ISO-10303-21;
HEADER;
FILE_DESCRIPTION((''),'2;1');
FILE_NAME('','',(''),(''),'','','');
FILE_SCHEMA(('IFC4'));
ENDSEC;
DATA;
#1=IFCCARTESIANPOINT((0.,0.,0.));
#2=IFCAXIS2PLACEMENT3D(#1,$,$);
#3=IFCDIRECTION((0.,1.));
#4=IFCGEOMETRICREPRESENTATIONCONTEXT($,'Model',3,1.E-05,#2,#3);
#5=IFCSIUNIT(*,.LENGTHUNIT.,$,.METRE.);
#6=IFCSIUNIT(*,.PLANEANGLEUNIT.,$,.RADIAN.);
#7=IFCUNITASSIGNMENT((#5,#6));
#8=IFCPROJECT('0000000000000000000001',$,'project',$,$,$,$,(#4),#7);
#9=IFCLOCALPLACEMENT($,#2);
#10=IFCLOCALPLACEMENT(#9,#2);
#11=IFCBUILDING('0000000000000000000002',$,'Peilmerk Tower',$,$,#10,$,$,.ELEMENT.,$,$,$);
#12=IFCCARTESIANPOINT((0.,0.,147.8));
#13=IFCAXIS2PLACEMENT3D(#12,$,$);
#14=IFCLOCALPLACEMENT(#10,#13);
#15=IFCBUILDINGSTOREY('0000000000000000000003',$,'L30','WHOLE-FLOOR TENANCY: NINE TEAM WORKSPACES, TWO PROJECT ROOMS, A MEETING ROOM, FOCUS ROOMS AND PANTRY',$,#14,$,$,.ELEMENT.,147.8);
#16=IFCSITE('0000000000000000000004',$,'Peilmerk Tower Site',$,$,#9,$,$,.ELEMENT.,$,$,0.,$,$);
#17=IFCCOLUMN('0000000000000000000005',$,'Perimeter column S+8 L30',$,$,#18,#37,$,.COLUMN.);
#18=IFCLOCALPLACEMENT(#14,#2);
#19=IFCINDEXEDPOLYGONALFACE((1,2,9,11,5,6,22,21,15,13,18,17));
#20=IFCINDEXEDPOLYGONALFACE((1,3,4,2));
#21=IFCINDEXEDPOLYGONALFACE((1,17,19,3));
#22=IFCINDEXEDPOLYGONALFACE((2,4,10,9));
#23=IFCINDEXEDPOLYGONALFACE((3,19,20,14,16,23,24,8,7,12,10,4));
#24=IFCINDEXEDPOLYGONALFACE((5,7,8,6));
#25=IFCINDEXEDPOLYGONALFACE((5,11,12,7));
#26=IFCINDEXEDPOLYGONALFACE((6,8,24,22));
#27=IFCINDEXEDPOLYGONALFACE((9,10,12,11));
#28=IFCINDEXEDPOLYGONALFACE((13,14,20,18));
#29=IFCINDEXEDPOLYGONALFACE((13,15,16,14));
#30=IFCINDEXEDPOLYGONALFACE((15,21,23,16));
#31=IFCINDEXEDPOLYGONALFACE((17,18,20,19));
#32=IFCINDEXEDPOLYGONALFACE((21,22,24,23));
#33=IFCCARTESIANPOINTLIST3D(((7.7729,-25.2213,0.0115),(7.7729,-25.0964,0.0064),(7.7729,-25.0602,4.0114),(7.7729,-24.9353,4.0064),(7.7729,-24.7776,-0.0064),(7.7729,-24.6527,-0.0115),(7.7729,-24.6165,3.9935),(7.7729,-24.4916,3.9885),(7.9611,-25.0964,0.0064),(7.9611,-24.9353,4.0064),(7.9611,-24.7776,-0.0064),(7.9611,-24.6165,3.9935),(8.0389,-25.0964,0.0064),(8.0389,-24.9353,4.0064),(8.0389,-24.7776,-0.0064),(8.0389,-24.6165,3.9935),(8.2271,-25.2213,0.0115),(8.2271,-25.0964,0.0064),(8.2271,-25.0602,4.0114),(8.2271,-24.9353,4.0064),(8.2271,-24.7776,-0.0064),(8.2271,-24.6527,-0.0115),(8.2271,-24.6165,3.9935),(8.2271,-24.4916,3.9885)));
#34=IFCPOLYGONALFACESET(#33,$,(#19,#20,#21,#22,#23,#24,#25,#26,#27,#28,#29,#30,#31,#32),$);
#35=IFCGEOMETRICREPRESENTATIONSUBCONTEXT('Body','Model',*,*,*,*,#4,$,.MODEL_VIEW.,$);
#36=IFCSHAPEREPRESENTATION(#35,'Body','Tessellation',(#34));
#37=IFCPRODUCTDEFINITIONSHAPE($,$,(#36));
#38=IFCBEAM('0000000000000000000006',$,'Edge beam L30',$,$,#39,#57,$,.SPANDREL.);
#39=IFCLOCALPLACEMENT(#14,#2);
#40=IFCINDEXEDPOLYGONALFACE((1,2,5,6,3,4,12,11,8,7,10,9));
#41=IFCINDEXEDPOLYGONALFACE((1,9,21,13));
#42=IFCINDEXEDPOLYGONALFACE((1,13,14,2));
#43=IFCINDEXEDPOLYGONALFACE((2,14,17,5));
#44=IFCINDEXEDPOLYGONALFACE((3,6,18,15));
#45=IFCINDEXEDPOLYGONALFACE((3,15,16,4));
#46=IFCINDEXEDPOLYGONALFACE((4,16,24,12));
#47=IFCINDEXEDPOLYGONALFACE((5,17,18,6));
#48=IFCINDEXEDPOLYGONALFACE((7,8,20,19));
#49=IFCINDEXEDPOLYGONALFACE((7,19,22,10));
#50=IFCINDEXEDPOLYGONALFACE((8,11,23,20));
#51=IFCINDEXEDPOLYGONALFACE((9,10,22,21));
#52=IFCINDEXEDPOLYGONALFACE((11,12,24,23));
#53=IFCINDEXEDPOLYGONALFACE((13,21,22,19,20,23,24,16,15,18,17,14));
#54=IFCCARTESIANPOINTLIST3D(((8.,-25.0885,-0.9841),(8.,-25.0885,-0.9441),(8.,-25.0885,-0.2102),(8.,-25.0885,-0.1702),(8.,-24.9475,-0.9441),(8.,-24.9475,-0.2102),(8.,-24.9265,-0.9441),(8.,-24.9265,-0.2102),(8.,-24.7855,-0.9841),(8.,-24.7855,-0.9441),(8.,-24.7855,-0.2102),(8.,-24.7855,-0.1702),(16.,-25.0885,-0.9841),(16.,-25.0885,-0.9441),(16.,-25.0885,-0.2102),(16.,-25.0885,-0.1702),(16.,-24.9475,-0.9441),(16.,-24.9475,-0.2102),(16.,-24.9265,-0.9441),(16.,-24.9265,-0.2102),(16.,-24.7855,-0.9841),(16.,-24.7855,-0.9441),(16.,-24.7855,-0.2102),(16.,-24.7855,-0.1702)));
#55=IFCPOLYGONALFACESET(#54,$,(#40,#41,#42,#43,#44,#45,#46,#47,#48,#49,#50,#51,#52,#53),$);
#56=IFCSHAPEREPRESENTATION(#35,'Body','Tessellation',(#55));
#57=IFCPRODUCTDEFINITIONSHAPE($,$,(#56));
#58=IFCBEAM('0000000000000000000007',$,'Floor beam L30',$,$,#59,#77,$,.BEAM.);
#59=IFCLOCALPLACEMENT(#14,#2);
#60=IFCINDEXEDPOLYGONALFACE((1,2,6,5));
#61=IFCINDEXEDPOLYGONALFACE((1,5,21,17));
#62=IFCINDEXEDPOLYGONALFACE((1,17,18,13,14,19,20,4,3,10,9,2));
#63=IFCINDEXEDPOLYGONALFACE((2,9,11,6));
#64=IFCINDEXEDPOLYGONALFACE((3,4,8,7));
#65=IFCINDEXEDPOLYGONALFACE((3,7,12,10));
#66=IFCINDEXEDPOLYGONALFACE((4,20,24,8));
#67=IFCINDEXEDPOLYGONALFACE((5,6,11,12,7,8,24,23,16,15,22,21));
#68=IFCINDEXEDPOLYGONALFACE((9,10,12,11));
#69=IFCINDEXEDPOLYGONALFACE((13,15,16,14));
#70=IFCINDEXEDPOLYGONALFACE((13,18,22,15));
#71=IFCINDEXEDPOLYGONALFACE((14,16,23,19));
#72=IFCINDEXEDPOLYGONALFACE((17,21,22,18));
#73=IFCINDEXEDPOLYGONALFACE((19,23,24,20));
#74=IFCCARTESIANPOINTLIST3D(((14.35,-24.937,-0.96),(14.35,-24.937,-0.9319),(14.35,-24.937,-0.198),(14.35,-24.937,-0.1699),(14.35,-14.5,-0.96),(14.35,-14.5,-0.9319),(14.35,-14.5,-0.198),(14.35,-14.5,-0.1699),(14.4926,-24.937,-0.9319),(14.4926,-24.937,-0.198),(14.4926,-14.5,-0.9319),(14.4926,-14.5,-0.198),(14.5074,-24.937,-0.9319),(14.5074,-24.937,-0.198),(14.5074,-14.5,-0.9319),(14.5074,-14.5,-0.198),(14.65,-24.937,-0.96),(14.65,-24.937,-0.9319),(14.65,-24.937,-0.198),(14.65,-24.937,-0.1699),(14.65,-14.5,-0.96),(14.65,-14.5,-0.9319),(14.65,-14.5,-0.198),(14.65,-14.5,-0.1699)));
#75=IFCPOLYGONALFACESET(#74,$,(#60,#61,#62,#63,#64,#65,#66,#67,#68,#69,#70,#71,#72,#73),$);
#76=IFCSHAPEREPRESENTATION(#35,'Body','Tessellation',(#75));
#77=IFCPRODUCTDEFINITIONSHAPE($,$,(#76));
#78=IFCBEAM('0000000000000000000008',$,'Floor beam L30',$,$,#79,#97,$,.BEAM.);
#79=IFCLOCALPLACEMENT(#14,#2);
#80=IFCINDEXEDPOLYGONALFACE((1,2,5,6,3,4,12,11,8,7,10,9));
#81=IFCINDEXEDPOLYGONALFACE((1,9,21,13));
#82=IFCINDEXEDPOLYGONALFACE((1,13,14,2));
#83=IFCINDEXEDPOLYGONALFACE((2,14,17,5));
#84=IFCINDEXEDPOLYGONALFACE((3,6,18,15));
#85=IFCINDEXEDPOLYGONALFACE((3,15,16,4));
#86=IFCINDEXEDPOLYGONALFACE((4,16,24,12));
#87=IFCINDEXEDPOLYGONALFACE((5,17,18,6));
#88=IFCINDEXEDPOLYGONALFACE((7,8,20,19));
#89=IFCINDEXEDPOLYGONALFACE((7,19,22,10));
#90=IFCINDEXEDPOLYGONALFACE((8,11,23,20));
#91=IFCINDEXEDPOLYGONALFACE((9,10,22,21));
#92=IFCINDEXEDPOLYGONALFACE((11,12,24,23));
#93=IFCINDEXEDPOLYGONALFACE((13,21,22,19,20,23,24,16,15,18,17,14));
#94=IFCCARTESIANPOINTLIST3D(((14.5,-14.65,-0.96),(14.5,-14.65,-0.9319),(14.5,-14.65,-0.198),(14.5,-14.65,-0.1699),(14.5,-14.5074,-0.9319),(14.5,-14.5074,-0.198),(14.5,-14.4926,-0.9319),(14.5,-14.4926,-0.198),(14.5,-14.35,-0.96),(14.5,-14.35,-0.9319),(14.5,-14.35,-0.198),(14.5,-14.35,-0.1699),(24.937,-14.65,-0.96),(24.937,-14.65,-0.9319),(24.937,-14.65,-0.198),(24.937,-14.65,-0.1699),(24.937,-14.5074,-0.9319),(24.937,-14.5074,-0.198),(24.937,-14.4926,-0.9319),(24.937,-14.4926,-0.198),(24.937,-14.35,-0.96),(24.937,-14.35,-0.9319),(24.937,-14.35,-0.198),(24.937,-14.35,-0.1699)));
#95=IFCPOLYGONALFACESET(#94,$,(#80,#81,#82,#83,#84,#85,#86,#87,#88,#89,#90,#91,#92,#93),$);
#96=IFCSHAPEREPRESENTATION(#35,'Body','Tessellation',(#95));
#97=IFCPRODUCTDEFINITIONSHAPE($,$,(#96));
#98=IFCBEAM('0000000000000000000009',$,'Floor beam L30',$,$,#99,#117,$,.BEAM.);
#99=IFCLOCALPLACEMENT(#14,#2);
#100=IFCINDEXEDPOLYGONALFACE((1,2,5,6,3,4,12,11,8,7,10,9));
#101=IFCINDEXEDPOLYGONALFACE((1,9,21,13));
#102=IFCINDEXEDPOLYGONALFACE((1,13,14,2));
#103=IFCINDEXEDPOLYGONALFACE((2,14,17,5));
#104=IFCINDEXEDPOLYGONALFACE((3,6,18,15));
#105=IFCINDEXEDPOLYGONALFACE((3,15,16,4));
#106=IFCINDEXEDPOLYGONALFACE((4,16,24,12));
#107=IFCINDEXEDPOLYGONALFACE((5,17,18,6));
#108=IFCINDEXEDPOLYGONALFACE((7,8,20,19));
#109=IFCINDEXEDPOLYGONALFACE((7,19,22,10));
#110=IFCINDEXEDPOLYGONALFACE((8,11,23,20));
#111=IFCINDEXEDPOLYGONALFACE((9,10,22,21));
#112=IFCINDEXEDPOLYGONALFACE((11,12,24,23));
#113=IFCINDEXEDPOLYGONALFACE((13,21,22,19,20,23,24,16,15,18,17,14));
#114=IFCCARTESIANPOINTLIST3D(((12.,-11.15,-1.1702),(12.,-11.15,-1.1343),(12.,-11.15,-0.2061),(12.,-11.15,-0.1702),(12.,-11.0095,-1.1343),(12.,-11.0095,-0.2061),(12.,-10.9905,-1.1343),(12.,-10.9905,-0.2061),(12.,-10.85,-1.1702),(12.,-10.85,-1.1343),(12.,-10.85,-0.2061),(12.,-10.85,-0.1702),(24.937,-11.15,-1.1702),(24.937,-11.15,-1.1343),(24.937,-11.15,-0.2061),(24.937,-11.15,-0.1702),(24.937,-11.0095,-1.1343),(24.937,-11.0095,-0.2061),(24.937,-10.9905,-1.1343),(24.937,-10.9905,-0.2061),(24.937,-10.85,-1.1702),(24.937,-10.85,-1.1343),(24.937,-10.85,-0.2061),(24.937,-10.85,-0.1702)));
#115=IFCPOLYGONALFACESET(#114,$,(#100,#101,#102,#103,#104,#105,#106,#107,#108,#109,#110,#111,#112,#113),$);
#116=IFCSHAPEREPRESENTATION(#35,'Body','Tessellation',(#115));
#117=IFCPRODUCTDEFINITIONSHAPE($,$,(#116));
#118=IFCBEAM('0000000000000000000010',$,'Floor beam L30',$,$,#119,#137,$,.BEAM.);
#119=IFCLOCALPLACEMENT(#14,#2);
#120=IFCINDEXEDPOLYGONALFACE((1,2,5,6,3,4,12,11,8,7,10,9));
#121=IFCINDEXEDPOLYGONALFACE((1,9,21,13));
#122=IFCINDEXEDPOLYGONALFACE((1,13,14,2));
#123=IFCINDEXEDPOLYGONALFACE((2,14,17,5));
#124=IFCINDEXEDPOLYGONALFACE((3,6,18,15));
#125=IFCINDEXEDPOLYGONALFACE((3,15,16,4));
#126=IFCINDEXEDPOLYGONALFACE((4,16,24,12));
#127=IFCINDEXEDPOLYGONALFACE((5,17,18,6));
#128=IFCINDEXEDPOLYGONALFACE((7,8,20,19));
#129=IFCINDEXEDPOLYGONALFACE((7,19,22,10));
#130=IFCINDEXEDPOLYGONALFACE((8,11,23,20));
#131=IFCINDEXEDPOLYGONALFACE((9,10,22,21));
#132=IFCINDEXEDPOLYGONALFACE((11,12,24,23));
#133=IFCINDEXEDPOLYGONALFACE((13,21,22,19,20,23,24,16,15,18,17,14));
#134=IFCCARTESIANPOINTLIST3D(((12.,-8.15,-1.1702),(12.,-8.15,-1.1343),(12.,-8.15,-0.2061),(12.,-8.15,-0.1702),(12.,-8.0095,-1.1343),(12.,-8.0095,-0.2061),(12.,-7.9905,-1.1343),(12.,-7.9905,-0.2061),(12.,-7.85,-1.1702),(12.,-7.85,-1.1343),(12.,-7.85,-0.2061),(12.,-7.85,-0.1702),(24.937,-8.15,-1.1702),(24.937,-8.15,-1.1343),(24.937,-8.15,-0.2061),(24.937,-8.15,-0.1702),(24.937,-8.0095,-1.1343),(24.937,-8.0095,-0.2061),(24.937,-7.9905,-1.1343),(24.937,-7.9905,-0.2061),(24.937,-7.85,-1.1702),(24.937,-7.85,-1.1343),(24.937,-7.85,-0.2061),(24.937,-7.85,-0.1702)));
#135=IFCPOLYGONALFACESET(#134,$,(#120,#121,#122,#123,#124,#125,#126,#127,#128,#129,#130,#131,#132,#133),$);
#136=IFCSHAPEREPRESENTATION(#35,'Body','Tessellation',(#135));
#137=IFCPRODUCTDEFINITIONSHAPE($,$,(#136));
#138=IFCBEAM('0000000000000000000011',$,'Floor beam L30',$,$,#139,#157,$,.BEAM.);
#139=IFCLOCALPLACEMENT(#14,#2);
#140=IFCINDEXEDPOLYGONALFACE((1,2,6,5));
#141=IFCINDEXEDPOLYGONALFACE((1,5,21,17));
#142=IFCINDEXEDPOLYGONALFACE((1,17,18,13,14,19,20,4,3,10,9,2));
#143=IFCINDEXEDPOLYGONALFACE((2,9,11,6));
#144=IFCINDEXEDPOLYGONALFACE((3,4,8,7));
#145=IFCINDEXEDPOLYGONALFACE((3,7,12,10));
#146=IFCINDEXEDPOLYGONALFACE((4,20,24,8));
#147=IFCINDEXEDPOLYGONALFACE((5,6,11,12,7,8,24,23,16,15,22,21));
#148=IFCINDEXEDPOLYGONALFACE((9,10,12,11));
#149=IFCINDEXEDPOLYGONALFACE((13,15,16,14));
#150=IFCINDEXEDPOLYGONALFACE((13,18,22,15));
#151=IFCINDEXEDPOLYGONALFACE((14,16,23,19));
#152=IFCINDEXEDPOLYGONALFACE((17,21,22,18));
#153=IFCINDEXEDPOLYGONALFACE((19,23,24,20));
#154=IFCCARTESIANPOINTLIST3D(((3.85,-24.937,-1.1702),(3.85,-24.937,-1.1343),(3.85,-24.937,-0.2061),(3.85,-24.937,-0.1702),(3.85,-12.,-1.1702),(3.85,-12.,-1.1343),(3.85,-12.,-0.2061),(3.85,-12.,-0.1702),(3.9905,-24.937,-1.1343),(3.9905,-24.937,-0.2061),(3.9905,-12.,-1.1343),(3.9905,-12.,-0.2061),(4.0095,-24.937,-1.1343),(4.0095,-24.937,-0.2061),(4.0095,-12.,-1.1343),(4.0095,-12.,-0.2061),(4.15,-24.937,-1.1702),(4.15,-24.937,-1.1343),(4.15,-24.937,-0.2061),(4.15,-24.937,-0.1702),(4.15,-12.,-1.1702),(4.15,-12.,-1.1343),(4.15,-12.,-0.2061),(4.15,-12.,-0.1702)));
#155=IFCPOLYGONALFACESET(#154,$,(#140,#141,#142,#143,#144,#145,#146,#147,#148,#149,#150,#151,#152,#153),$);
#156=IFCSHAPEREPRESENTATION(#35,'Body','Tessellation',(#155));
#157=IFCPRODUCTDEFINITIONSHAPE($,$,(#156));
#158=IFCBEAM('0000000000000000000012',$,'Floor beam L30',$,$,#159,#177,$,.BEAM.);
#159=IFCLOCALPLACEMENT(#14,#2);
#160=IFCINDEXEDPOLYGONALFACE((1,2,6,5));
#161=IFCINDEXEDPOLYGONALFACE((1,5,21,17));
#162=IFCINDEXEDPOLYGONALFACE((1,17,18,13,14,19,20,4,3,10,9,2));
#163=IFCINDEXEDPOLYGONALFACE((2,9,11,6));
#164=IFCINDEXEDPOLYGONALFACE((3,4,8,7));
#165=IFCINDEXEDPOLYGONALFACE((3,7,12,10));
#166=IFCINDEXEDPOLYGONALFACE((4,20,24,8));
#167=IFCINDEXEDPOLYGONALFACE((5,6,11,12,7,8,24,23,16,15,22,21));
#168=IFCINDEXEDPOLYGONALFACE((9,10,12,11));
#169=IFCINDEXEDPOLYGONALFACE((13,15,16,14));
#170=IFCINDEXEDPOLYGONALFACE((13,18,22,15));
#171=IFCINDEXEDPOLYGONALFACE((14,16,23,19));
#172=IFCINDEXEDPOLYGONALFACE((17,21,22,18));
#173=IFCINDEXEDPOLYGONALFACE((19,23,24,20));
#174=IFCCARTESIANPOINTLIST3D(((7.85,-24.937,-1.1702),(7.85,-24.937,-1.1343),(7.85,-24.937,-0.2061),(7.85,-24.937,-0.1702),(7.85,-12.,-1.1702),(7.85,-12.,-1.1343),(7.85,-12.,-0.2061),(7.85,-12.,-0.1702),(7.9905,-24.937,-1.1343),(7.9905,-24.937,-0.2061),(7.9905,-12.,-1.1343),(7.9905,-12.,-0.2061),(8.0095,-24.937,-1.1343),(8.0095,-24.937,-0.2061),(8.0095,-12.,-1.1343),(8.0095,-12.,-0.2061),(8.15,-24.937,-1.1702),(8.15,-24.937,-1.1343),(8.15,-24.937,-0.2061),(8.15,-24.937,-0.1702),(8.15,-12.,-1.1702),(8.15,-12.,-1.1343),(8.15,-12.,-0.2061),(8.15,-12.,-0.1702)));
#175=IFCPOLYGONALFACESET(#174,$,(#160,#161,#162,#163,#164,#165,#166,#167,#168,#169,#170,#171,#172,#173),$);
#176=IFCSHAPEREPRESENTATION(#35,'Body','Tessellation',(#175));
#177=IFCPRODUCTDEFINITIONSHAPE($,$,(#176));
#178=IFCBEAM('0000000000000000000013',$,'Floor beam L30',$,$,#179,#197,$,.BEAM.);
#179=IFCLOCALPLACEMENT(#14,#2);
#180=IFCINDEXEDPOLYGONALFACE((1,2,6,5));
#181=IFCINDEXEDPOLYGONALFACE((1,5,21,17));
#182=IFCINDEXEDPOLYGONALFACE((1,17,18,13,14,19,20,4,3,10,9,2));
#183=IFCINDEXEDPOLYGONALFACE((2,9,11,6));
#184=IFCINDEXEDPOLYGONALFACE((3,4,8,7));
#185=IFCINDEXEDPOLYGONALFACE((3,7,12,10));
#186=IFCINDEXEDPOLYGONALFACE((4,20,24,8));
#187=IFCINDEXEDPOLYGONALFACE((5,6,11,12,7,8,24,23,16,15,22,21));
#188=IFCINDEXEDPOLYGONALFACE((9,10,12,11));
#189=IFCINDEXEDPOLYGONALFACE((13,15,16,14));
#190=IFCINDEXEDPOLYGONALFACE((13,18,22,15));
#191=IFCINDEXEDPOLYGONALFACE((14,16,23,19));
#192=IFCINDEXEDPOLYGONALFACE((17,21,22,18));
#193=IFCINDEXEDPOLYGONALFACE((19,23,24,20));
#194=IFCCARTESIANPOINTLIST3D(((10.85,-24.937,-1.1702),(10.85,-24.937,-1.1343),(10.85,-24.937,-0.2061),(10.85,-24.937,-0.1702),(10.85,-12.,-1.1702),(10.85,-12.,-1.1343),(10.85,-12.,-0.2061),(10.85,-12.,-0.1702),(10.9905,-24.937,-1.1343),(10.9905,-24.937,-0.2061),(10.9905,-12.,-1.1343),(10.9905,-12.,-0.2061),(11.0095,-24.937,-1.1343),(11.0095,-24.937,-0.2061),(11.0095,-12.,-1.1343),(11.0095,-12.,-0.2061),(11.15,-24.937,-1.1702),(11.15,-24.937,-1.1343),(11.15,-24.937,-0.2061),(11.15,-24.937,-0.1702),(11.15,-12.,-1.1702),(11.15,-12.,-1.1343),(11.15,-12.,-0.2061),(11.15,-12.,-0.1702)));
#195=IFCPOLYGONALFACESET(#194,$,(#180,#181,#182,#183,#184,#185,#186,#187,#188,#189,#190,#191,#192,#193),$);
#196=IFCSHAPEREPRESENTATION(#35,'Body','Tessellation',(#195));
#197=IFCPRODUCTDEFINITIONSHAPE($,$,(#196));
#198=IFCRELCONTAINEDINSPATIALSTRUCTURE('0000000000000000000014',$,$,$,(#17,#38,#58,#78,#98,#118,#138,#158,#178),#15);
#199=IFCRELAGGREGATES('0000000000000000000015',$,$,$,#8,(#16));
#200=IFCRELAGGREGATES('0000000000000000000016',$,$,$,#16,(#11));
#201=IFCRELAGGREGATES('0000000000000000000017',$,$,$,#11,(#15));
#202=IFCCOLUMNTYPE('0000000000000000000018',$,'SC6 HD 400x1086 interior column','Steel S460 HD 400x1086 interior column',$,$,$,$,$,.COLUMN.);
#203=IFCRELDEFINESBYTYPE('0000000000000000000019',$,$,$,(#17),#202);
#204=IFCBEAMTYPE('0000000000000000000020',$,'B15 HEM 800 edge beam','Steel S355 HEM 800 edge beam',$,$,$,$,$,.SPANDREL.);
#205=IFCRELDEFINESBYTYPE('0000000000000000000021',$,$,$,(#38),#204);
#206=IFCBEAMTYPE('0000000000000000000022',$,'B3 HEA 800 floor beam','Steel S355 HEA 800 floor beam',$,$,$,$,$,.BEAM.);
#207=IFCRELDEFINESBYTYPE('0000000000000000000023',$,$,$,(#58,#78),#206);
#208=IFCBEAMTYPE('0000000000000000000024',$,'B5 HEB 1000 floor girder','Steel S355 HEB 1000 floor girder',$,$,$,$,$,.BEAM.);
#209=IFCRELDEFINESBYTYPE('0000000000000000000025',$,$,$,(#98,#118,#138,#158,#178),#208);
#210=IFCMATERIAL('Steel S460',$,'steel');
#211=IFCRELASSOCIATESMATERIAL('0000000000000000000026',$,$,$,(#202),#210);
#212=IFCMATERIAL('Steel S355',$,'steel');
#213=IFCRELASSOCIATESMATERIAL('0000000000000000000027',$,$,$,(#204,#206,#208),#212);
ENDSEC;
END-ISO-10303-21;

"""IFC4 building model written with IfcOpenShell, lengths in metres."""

from ifc_helpers import new_model, si_unit, direction, frame, origin, origin_2d, place, context, subcontext, project, spatial, i_section, extrude, material, material_profile, profile_set, type_object, element, save


model = new_model("IFC4")

# Units and contexts
model_context = context("Model", 3, precision=1e-05, world=origin(), true_north=direction((0.0, 1.0)))
body_context = subcontext(model_context, "Body", "Model", "MODEL_VIEW")
ifc_project = project(units=[si_unit("LENGTHUNIT", "METRE"), si_unit("PLANEANGLEUNIT", "RADIAN")], contexts=[model_context])

# Site, building, storey
site_placement = place(None, origin())
site = spatial("IfcSite", under=ifc_project, at=site_placement, Name="Peilmerk Tower Site", CompositionType="ELEMENT", RefElevation=0.0)
building_placement = place(site_placement, origin())
building = spatial("IfcBuilding", under=site, at=building_placement, Name="Peilmerk Tower", CompositionType="ELEMENT")
storey_placement = place(building_placement, frame((0.0, 0.0, 147.8)))
storey = spatial("IfcBuildingStorey", under=building, at=storey_placement, Name="L30", Description="WHOLE-FLOOR TENANCY: NINE TEAM WORKSPACES, TWO PROJECT ROOMS, A MEETING ROOM, FOCUS ROOMS AND PANTRY", CompositionType="ELEMENT", Elevation=147.8)

# Column
ifc_material_1 = material(Name="Steel S460", Category="steel")
ifc_material_profile_1 = material_profile(ifc_material_1, i_section(OverallWidth=0.4541, OverallDepth=0.5691, WebThickness=0.0779, FlangeThickness=0.125, at=origin_2d()), Name="HD 400x1086")
ifc_profile_set_1 = profile_set([ifc_material_profile_1], Name="Steel S460")
column_type = type_object("IfcColumnType", Name="SC6 HD 400x1086 interior column", Description="Steel S460 HD 400x1086 interior column", PredefinedType="COLUMN", material=ifc_profile_set_1)
column_placement = place(storey_placement, frame((8.0, -24.937, 0.0), z_axis=(0.0, 0.040251, 0.99919), x_axis=(-1.0, 0.0, 0.0)))
element("IfcColumn", 1, at=column_placement, inside=storey, type_object=column_type, Name="Perimeter column S+8 L30", PredefinedType="COLUMN", context=body_context, shape_type="SweptSolid", body=[
    extrude(i_section(OverallWidth=0.4541, OverallDepth=0.5691, WebThickness=0.0779, FlangeThickness=0.125, at=origin_2d()), origin(), (0.0, 0.0, 1.0), 4.0032),
])

# Beams
ifc_material_2 = material(Name="Steel S355", Category="steel")
ifc_material_profile_2 = material_profile(ifc_material_2, i_section(OverallWidth=0.303, OverallDepth=0.814, WebThickness=0.021, FlangeThickness=0.04, at=origin_2d()), Name="HEM 800")
ifc_profile_set_2 = profile_set([ifc_material_profile_2], Name="Steel S355")
beam_type_1 = type_object("IfcBeamType", Name="B15 HEM 800 edge beam", Description="Steel S355 HEM 800 edge beam", PredefinedType="SPANDREL", material=ifc_profile_set_2)
beam_1_placement = place(storey_placement, frame((8.0, -24.937, -0.5771), z_axis=(1.0, 0.0, 0.0), x_axis=(0.0, 1.0, 0.0)))
element("IfcBeam", 2, at=beam_1_placement, inside=storey, type_object=beam_type_1, Name="Edge beam L30", PredefinedType="SPANDREL", context=body_context, shape_type="SweptSolid", body=[
    extrude(i_section(OverallWidth=0.303, OverallDepth=0.814, WebThickness=0.021, FlangeThickness=0.04, at=origin_2d()), origin(), (0.0, 0.0, 1.0), 8.0),
])
ifc_material_profile_3 = material_profile(ifc_material_2, i_section(OverallWidth=0.3, OverallDepth=0.79, WebThickness=0.0149, FlangeThickness=0.0281, at=origin_2d()), Name="HEA 800")
ifc_profile_set_3 = profile_set([ifc_material_profile_3], Name="Steel S355")
beam_type_2 = type_object("IfcBeamType", Name="B3 HEA 800 floor beam", Description="Steel S355 HEA 800 floor beam", PredefinedType="BEAM", material=ifc_profile_set_3)
for number, where, z_axis, x_axis, name in (
    (3, (14.5, -14.5, -0.5649), (0.0, -1.0, 0.0), (1.0, 0.0, 0.0), "Floor beam L30"),
    (4, (14.5, -14.5, -0.5649), (1.0, 0.0, 0.0), (0.0, 1.0, 0.0), "Floor beam L30"),
):
    element("IfcBeam", number, at=place(storey_placement, frame(where, z_axis=z_axis, x_axis=x_axis)), inside=storey, type_object=beam_type_2, Name=name, PredefinedType="BEAM", context=body_context, shape_type="SweptSolid", body=[
        extrude(i_section(OverallWidth=0.3, OverallDepth=0.79, WebThickness=0.0149, FlangeThickness=0.0281, at=origin_2d()), origin(), (0.0, 0.0, 1.0), 10.437),
    ])
ifc_material_profile_4 = material_profile(ifc_material_2, i_section(OverallWidth=0.3, OverallDepth=1.0, WebThickness=0.019, FlangeThickness=0.0359, at=origin_2d()), Name="HEB 1000")
ifc_profile_set_4 = profile_set([ifc_material_profile_4], Name="Steel S355")
beam_type_3 = type_object("IfcBeamType", Name="B5 HEB 1000 floor girder", Description="Steel S355 HEB 1000 floor girder", PredefinedType="BEAM", material=ifc_profile_set_4)
for number, where, z_axis, x_axis, name in (
    (5, (12.0, -11.0, -0.6702), (1.0, 0.0, 0.0), (0.0, 1.0, 0.0), "Floor beam L30"),
    (6, (12.0, -8.0, -0.6702), (1.0, 0.0, 0.0), (0.0, 1.0, 0.0), "Floor beam L30"),
    (7, (4.0, -12.0, -0.6702), (0.0, -1.0, 0.0), (1.0, 0.0, 0.0), "Floor beam L30"),
    (8, (8.0, -12.0, -0.6702), (0.0, -1.0, 0.0), (1.0, 0.0, 0.0), "Floor beam L30"),
    (9, (11.0, -12.0, -0.6702), (0.0, -1.0, 0.0), (1.0, 0.0, 0.0), "Floor beam L30"),
):
    element("IfcBeam", number, at=place(storey_placement, frame(where, z_axis=z_axis, x_axis=x_axis)), inside=storey, type_object=beam_type_3, Name=name, PredefinedType="BEAM", context=body_context, shape_type="SweptSolid", body=[
        extrude(i_section(OverallWidth=0.3, OverallDepth=1.0, WebThickness=0.019, FlangeThickness=0.0359, at=origin_2d()), origin(), (0.0, 0.0, 1.0), 12.937),
    ])

save(model, "model.ifc")
